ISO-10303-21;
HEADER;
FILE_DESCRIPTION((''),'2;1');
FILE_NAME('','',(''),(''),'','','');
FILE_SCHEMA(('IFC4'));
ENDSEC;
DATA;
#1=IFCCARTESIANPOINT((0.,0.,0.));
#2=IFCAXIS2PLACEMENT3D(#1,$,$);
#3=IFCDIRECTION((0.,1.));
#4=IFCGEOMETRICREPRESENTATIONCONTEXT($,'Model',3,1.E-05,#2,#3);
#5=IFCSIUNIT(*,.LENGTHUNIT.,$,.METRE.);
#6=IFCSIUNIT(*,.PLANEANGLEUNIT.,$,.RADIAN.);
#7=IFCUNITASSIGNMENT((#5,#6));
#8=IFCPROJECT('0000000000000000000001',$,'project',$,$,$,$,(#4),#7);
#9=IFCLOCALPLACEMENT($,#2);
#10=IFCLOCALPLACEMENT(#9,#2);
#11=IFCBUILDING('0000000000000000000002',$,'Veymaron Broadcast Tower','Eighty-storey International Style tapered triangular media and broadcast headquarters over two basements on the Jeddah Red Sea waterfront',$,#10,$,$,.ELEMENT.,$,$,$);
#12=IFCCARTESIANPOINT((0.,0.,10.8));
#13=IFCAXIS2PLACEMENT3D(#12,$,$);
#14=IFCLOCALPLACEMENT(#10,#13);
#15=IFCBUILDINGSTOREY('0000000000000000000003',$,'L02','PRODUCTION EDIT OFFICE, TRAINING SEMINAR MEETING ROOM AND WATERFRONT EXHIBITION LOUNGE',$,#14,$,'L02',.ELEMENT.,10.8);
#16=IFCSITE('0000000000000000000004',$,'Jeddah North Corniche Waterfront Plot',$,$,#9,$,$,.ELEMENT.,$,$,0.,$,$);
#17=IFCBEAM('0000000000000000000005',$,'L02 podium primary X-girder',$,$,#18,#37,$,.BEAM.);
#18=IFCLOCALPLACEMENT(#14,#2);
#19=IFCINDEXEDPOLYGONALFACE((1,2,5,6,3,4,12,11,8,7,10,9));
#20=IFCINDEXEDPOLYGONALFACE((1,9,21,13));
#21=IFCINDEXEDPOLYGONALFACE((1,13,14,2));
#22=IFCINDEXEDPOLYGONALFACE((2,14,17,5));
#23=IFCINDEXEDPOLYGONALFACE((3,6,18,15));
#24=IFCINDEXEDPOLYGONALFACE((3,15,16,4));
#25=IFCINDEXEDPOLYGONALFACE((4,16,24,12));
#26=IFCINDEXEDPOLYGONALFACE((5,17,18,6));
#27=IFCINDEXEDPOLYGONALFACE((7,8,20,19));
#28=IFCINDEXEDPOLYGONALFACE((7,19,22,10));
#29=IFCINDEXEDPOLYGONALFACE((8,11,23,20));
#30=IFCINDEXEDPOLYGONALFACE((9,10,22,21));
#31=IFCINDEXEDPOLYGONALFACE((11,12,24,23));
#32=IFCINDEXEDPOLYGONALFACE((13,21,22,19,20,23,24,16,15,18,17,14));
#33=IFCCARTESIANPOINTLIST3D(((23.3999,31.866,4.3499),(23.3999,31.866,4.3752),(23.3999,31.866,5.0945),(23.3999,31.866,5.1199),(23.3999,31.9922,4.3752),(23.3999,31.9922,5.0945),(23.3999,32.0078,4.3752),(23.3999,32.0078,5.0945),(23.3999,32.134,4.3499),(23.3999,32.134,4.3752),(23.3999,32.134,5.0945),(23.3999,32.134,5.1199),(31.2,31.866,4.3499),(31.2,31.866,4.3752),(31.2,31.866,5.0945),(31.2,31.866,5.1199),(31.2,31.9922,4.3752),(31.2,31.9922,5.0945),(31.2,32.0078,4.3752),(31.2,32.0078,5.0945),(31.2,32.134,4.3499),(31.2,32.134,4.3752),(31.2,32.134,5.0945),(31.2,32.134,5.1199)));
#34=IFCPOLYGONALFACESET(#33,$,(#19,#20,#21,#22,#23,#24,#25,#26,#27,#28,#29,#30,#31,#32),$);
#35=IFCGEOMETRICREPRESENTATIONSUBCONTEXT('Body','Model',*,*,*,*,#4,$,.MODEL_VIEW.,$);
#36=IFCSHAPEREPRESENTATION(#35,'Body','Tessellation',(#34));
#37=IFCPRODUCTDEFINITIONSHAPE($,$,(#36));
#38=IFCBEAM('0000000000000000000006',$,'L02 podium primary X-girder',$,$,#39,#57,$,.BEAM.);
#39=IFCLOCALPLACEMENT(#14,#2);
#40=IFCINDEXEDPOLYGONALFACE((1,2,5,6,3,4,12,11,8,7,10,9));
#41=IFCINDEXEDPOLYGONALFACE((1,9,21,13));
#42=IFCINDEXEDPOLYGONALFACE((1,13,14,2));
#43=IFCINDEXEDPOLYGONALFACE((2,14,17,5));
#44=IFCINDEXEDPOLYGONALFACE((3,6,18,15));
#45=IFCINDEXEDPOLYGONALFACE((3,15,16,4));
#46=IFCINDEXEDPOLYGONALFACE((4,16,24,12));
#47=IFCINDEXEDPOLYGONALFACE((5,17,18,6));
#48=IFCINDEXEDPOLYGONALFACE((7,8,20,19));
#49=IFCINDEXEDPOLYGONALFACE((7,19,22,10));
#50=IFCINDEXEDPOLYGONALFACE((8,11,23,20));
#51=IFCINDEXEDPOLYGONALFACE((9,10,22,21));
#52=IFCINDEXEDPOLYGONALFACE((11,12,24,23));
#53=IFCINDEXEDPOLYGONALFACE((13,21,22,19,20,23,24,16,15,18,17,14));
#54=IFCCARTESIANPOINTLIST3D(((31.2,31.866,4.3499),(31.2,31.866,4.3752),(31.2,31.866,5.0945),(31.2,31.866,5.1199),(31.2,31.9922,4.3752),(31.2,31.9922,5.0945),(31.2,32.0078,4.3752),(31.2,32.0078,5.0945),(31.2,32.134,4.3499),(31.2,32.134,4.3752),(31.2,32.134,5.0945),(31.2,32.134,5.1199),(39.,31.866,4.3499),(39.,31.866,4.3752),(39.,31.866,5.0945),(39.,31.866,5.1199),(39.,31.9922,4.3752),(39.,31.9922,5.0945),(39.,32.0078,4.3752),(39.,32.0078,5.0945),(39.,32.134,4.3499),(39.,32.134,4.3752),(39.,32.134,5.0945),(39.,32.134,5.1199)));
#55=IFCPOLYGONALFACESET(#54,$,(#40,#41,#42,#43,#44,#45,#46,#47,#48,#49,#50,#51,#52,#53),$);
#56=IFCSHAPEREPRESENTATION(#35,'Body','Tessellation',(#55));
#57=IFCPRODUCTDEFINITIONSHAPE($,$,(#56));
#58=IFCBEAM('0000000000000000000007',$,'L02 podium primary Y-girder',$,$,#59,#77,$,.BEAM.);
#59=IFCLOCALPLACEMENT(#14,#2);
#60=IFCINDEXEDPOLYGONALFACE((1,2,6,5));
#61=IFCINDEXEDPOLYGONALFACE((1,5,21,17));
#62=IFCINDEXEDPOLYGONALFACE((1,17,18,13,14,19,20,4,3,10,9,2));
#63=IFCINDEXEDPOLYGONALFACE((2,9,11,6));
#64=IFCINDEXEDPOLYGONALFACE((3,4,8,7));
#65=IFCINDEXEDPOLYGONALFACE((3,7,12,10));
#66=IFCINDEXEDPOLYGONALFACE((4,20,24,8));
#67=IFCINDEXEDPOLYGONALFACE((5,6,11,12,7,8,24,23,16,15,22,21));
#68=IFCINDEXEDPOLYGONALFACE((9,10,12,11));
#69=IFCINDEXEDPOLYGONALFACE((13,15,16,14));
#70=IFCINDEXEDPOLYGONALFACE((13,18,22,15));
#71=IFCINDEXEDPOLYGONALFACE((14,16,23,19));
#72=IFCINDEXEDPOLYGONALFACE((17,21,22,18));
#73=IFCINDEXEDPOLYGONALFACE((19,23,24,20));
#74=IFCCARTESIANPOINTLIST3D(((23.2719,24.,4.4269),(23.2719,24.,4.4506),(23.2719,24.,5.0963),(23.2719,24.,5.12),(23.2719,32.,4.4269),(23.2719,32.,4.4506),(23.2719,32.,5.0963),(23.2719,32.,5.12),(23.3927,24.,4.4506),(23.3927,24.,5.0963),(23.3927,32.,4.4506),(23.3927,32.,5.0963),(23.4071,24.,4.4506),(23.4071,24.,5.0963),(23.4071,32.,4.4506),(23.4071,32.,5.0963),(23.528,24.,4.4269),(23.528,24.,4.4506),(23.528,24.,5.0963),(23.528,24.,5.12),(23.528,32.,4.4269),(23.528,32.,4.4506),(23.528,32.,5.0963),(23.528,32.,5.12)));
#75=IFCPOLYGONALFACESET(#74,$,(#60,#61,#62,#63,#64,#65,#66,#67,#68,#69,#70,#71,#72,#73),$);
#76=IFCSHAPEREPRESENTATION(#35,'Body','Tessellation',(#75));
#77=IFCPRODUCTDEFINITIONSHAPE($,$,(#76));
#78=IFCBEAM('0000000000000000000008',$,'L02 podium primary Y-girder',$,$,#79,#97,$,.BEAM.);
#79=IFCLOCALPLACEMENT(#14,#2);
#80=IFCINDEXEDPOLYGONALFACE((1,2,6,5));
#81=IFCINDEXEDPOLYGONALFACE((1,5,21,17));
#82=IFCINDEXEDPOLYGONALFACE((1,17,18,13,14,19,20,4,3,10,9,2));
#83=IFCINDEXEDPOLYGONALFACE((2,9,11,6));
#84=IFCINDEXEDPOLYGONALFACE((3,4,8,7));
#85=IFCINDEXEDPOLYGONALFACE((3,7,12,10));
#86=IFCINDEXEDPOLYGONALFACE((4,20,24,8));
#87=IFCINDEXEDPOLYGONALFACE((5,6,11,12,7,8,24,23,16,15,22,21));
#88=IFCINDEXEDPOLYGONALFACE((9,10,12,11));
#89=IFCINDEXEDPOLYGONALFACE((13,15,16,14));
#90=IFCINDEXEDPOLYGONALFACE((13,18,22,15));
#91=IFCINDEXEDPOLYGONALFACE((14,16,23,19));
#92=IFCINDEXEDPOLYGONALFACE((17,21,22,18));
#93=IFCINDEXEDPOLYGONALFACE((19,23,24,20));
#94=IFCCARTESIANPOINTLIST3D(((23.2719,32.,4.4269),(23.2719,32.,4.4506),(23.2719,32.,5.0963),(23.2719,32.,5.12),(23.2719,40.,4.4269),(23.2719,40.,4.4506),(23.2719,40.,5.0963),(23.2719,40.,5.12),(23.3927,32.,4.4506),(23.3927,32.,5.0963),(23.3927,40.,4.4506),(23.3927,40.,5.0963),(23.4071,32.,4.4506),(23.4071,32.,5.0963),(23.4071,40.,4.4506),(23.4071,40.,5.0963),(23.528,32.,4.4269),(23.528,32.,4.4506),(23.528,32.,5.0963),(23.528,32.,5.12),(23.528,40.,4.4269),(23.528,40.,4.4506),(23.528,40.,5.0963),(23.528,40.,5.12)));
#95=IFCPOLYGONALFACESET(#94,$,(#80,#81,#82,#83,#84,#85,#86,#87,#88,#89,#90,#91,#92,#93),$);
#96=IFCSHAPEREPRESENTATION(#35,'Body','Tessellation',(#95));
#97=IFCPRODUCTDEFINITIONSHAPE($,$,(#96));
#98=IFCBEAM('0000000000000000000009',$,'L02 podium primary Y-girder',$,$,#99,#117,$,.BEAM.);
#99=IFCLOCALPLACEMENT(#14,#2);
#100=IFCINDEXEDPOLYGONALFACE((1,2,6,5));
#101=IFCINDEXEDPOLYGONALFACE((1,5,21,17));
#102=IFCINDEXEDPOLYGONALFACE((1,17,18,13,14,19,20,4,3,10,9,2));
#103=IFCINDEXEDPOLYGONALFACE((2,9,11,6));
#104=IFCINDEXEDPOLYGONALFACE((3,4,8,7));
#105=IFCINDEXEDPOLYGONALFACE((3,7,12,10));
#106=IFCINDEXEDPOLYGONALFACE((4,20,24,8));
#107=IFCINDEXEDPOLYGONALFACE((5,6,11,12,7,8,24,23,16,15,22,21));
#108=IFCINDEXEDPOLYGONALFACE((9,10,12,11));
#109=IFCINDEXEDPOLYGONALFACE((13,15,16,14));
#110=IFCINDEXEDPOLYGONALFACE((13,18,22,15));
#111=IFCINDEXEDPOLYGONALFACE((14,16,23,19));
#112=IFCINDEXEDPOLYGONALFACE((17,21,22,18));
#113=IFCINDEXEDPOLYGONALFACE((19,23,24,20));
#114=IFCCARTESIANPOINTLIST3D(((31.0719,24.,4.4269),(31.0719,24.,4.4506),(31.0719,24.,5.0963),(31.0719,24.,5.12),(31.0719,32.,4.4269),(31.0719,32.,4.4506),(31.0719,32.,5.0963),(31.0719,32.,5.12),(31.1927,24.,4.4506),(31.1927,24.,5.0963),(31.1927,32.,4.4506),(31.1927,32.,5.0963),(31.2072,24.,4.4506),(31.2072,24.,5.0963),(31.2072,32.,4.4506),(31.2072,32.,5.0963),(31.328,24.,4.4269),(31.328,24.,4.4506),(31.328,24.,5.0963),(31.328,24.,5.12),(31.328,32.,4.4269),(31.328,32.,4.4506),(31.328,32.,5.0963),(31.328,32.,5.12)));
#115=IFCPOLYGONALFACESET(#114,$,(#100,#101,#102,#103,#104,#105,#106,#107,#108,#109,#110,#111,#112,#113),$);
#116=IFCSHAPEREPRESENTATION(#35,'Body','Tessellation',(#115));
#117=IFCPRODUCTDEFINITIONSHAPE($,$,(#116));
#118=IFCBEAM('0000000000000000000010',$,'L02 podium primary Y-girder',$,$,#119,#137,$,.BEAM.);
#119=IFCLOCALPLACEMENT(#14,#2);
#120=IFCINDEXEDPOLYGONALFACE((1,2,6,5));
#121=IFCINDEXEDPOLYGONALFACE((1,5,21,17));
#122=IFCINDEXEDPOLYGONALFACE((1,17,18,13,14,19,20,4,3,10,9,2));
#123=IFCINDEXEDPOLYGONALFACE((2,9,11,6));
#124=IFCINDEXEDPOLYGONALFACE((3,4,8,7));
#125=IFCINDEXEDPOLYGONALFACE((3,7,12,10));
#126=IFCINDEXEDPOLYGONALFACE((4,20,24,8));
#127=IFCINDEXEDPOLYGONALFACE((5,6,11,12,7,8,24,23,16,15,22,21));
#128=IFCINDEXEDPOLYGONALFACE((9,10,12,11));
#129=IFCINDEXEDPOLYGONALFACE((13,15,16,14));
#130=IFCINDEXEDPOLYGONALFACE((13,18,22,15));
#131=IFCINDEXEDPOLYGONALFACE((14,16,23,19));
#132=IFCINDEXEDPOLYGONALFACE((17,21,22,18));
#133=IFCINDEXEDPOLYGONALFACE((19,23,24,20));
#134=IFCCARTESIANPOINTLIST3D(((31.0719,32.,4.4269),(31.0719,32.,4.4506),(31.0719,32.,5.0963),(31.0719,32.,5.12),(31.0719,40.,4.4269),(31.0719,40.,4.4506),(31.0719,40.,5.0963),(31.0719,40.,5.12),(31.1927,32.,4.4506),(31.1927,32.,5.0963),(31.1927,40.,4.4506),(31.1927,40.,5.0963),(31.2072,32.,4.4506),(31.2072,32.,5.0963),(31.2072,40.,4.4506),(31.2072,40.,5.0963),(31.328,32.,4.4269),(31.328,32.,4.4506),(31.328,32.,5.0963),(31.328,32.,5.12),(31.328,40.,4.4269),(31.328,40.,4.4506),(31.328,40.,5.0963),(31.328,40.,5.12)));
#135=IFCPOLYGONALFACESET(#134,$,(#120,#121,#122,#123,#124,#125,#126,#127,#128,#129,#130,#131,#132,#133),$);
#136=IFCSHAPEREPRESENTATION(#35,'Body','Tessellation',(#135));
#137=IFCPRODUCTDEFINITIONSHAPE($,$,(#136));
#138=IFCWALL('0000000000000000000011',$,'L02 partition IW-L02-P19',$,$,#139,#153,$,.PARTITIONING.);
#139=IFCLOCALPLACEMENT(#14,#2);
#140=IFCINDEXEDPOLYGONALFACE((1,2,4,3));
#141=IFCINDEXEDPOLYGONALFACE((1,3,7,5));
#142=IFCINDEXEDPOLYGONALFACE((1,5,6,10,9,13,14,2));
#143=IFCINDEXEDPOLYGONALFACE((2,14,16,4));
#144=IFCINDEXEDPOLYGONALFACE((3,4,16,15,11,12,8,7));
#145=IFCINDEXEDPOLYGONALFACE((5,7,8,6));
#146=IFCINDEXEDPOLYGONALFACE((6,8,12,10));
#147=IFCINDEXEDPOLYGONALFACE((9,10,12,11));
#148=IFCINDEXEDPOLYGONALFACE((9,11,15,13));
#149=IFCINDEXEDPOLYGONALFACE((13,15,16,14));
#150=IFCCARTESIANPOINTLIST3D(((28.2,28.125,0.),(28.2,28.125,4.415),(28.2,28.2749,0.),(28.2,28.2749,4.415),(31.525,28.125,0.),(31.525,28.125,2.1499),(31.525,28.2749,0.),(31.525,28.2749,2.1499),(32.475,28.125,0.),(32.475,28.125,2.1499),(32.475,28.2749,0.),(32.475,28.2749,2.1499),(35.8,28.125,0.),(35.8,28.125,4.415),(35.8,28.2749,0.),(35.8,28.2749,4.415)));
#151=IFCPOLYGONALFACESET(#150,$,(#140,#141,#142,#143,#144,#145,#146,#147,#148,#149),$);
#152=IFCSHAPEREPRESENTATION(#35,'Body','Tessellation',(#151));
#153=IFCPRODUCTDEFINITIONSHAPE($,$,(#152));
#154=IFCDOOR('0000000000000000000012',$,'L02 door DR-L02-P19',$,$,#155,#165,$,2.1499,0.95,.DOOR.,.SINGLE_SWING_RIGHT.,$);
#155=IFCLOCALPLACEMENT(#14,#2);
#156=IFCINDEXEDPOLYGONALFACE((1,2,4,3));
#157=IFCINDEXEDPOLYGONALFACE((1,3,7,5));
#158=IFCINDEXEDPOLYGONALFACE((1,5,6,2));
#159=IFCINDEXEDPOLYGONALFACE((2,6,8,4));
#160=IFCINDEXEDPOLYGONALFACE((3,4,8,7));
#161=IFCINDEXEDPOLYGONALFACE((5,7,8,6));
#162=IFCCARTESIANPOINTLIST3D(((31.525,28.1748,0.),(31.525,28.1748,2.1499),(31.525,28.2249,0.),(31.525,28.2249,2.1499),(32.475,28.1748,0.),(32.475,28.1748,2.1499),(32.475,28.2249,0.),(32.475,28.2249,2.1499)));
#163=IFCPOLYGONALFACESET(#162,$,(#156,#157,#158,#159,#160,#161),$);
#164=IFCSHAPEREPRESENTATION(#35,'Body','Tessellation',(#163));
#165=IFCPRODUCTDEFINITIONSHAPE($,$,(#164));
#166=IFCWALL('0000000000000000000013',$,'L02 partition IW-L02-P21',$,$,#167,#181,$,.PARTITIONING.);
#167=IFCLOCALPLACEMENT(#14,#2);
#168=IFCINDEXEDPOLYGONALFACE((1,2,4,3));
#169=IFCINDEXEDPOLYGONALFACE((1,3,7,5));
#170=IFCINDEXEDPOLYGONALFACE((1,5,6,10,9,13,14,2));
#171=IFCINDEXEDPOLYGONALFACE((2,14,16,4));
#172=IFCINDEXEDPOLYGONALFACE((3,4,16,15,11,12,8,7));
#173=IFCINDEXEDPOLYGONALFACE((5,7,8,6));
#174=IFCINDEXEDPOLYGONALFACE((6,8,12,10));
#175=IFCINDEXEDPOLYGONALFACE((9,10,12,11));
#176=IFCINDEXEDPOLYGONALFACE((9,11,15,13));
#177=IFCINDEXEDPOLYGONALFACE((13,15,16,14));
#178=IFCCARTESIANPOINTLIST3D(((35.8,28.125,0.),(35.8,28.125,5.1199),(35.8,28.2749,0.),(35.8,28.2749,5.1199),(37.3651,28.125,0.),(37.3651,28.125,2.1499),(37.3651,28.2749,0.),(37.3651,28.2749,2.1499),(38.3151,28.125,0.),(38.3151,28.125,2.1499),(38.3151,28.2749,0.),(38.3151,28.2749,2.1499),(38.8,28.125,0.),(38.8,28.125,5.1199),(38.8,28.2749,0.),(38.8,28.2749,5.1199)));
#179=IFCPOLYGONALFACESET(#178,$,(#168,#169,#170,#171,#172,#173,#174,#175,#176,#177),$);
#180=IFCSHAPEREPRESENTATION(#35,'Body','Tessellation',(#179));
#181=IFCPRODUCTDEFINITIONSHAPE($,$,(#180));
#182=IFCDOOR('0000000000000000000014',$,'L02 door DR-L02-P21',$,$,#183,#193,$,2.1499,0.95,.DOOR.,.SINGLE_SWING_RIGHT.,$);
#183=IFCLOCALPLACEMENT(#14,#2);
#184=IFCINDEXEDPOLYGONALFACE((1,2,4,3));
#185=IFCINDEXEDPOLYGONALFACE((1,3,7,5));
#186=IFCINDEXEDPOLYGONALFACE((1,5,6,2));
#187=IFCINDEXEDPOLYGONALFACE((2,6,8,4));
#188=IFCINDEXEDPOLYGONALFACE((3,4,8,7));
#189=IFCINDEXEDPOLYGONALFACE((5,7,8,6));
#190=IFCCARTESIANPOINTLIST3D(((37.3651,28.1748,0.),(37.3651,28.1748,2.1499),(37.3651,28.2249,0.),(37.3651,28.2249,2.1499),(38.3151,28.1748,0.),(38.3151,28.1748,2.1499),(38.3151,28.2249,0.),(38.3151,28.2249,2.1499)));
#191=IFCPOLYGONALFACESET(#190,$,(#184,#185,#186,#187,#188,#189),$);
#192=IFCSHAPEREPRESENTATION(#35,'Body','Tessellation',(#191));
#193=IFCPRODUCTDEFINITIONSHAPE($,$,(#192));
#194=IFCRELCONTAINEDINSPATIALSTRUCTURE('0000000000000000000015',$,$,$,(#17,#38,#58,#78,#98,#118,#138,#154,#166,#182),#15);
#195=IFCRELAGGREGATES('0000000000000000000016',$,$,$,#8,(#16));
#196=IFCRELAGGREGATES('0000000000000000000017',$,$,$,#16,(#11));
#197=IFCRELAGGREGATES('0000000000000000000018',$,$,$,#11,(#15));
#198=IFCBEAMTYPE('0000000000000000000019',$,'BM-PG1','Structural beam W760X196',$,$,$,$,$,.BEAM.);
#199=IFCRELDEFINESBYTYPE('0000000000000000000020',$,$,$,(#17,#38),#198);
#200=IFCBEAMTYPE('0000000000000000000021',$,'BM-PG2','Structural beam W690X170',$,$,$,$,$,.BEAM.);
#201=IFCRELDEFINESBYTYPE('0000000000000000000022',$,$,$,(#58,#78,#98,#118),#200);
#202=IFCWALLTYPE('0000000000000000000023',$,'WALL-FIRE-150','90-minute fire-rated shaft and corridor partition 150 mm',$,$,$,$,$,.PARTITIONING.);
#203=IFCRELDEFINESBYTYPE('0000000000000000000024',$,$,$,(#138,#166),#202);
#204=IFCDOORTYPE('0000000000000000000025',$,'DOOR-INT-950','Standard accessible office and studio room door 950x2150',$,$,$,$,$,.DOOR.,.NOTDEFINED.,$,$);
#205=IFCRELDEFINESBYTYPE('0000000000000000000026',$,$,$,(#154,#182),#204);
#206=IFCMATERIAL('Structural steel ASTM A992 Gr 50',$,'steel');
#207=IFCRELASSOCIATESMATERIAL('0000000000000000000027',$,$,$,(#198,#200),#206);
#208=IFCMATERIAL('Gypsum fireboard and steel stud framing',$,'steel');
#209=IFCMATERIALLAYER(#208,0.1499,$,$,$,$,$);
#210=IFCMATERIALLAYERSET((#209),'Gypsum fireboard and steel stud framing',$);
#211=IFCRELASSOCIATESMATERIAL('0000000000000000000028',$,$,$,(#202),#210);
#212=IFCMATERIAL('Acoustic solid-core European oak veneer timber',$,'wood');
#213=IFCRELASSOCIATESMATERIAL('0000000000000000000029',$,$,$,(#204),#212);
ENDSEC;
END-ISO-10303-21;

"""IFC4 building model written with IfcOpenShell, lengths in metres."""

from ifc_helpers import new_model, si_unit, direction, frame, frame_2d, origin, origin_2d, place, context, subcontext, project, spatial, rectangle, i_section, extrude, material, layer, layer_set, material_profile, profile_set, type_object, element, fill, save


model = new_model("IFC4")

# Units and contexts
model_context = context("Model", 3, precision=1e-05, world=origin(), true_north=direction((0.0, 1.0)))
body_context = subcontext(model_context, "Body", "Model", "MODEL_VIEW")
ifc_project = project(units=[si_unit("LENGTHUNIT", "METRE"), si_unit("PLANEANGLEUNIT", "RADIAN")], contexts=[model_context])

# Site, building, storey
site_placement = place(None, origin())
site = spatial("IfcSite", under=ifc_project, at=site_placement, Name="Jeddah North Corniche Waterfront Plot", CompositionType="ELEMENT", RefElevation=0.0)
building_placement = place(site_placement, origin())
building = spatial("IfcBuilding", under=site, at=building_placement, Name="Veymaron Broadcast Tower", Description="Eighty-storey International Style tapered triangular media and broadcast headquarters over two basements on the Jeddah Red Sea waterfront", CompositionType="ELEMENT")
storey_placement = place(building_placement, frame((0.0, 0.0, 10.8)))
storey = spatial("IfcBuildingStorey", under=building, at=storey_placement, Name="L02", Description="PRODUCTION EDIT OFFICE, TRAINING SEMINAR MEETING ROOM AND WATERFRONT EXHIBITION LOUNGE", LongName="L02", CompositionType="ELEMENT", Elevation=10.8)

# Beams
ifc_material_1 = material(Name="Structural steel ASTM A992 Gr 50", Category="steel")
ifc_material_profile_1 = material_profile(ifc_material_1, i_section(OverallWidth=0.2681, OverallDepth=0.77, WebThickness=0.0156, FlangeThickness=0.0254, at=origin_2d()), Name="W760X196")
ifc_profile_set_1 = profile_set([ifc_material_profile_1], Name="Structural steel ASTM A992 Gr 50")
beam_type_1 = type_object("IfcBeamType", Name="BM-PG1", Description="Structural beam W760X196", PredefinedType="BEAM", material=ifc_profile_set_1)
for number, where, z_axis, x_axis, name in (
    (1, (23.3999, 32.0, 4.7349), (1.0, 0.0, 0.0), (0.0, 1.0, 0.0), "L02 podium primary X-girder"),
    (2, (31.2, 32.0, 4.7349), (1.0, 0.0, 0.0), (0.0, 1.0, 0.0), "L02 podium primary X-girder"),
):
    element("IfcBeam", number, at=place(storey_placement, frame(where, z_axis=z_axis, x_axis=x_axis)), inside=storey, type_object=beam_type_1, Name=name, PredefinedType="BEAM", context=body_context, shape_type="SweptSolid", body=[
        extrude(i_section(OverallWidth=0.2681, OverallDepth=0.77, WebThickness=0.0156, FlangeThickness=0.0254, at=origin_2d()), origin(), (0.0, 0.0, 1.0), 7.8),
    ])
ifc_material_profile_2 = material_profile(ifc_material_1, i_section(OverallWidth=0.2561, OverallDepth=0.6931, WebThickness=0.0144, FlangeThickness=0.0237, at=origin_2d()), Name="W690X170")
ifc_profile_set_2 = profile_set([ifc_material_profile_2], Name="Structural steel ASTM A992 Gr 50")
beam_type_2 = type_object("IfcBeamType", Name="BM-PG2", Description="Structural beam W690X170", PredefinedType="BEAM", material=ifc_profile_set_2)
for number, where, z_axis, x_axis, name in (
    (3, (23.3999, 24.0, 4.7734), (0.0, 1.0, 0.0), (-1.0, 0.0, 0.0), "L02 podium primary Y-girder"),
    (4, (23.3999, 32.0, 4.7734), (0.0, 1.0, 0.0), (-1.0, 0.0, 0.0), "L02 podium primary Y-girder"),
    (5, (31.2, 24.0, 4.7734), (0.0, 1.0, 0.0), (-1.0, 0.0, 0.0), "L02 podium primary Y-girder"),
    (6, (31.2, 32.0, 4.7734), (0.0, 1.0, 0.0), (-1.0, 0.0, 0.0), "L02 podium primary Y-girder"),
):
    element("IfcBeam", number, at=place(storey_placement, frame(where, z_axis=z_axis, x_axis=x_axis)), inside=storey, type_object=beam_type_2, Name=name, PredefinedType="BEAM", context=body_context, shape_type="SweptSolid", body=[
        extrude(i_section(OverallWidth=0.2561, OverallDepth=0.6931, WebThickness=0.0144, FlangeThickness=0.0237, at=origin_2d()), origin(), (0.0, 0.0, 1.0), 8.0),
    ])

# Walls, openings, doors
ifc_material_2 = material(Name="Gypsum fireboard and steel stud framing", Category="steel")
ifc_layer_1 = layer(ifc_material_2, 0.1499)
ifc_layer_set_1 = layer_set([ifc_layer_1], Name="Gypsum fireboard and steel stud framing")
wall_type_1 = type_object("IfcWallType", Name="WALL-FIRE-150", Description="90-minute fire-rated shaft and corridor partition 150 mm", PredefinedType="PARTITIONING", material=ifc_layer_set_1)
wall_1_placement = place(storey_placement, frame((28.2, 28.2, 0.0), z_axis=(0.0, 0.0, 1.0), x_axis=(1.0, 0.0, 0.0)))
wall_1 = element("IfcWall", 7, at=wall_1_placement, inside=storey, type_object=wall_type_1, Name="L02 partition IW-L02-P19", PredefinedType="PARTITIONING", context=body_context, shape_type="SweptSolid", body=[
    extrude(rectangle(XDim=7.6001, YDim=0.1499, at=frame_2d((3.8, 0.0))), origin(), (0.0, 0.0, 1.0), 4.415),
])
opening_1_placement = place(wall_1_placement, frame((3.325, 0.0, 0.0)))
opening_1 = element("IfcOpeningElement", 8, at=opening_1_placement, cuts=wall_1, PredefinedType="OPENING", context=body_context, shape_type="SweptSolid", body=[
    extrude(rectangle(XDim=0.95, YDim=2.1499, at=frame_2d((0.4751, 1.075))), frame((0.0, 0.085, 0.0), z_axis=(0.0, -1.0, 0.0), x_axis=(1.0, 0.0, 0.0)), (0.0, 0.0, 1.0), 0.1699),
])
ifc_material_3 = material(Name="Acoustic solid-core European oak veneer timber", Category="wood")
door_type = type_object("IfcDoorType", Name="DOOR-INT-950", Description="Standard accessible office and studio room door 950x2150", OperationType="NOTDEFINED", PredefinedType="DOOR", material=ifc_material_3)
door_1_placement = place(opening_1_placement, origin())
door_1 = element("IfcDoor", 9, at=door_1_placement, inside=storey, type_object=door_type, Name="L02 door DR-L02-P19", OperationType="SINGLE_SWING_RIGHT", OverallHeight=2.1499, OverallWidth=0.95, PredefinedType="DOOR", context=body_context, shape_type="SweptSolid", body=[
    extrude(rectangle(XDim=0.95, YDim=2.1499, at=frame_2d((0.4751, 1.075))), frame((0.0, 0.0249, 0.0), z_axis=(0.0, -1.0, 0.0), x_axis=(1.0, 0.0, 0.0)), (0.0, 0.0, 1.0), 0.05),
])
fill(opening_1, door_1)
wall_2_placement = place(storey_placement, frame((35.8, 28.2, 0.0), z_axis=(0.0, 0.0, 1.0), x_axis=(1.0, 0.0, 0.0)))
wall_2 = element("IfcWall", 10, at=wall_2_placement, inside=storey, type_object=wall_type_1, Name="L02 partition IW-L02-P21", PredefinedType="PARTITIONING", context=body_context, shape_type="SweptSolid", body=[
    extrude(rectangle(XDim=3.0, YDim=0.1499, at=frame_2d((1.5, 0.0))), origin(), (0.0, 0.0, 1.0), 5.1199),
])
opening_2_placement = place(wall_2_placement, frame((1.5649, 0.0, 0.0)))
opening_2 = element("IfcOpeningElement", 11, at=opening_2_placement, cuts=wall_2, PredefinedType="OPENING", context=body_context, shape_type="SweptSolid", body=[
    extrude(rectangle(XDim=0.95, YDim=2.1499, at=frame_2d((0.4751, 1.075))), frame((0.0, 0.085, 0.0), z_axis=(0.0, -1.0, 0.0), x_axis=(1.0, 0.0, 0.0)), (0.0, 0.0, 1.0), 0.1699),
])
door_2_placement = place(opening_2_placement, origin())
door_2 = element("IfcDoor", 12, at=door_2_placement, inside=storey, type_object=door_type, Name="L02 door DR-L02-P21", OperationType="SINGLE_SWING_RIGHT", OverallHeight=2.1499, OverallWidth=0.95, PredefinedType="DOOR", context=body_context, shape_type="SweptSolid", body=[
    extrude(rectangle(XDim=0.95, YDim=2.1499, at=frame_2d((0.4751, 1.075))), frame((0.0, 0.0249, 0.0), z_axis=(0.0, -1.0, 0.0), x_axis=(1.0, 0.0, 0.0)), (0.0, 0.0, 1.0), 0.05),
])
fill(opening_2, door_2)

save(model, "model.ifc")
